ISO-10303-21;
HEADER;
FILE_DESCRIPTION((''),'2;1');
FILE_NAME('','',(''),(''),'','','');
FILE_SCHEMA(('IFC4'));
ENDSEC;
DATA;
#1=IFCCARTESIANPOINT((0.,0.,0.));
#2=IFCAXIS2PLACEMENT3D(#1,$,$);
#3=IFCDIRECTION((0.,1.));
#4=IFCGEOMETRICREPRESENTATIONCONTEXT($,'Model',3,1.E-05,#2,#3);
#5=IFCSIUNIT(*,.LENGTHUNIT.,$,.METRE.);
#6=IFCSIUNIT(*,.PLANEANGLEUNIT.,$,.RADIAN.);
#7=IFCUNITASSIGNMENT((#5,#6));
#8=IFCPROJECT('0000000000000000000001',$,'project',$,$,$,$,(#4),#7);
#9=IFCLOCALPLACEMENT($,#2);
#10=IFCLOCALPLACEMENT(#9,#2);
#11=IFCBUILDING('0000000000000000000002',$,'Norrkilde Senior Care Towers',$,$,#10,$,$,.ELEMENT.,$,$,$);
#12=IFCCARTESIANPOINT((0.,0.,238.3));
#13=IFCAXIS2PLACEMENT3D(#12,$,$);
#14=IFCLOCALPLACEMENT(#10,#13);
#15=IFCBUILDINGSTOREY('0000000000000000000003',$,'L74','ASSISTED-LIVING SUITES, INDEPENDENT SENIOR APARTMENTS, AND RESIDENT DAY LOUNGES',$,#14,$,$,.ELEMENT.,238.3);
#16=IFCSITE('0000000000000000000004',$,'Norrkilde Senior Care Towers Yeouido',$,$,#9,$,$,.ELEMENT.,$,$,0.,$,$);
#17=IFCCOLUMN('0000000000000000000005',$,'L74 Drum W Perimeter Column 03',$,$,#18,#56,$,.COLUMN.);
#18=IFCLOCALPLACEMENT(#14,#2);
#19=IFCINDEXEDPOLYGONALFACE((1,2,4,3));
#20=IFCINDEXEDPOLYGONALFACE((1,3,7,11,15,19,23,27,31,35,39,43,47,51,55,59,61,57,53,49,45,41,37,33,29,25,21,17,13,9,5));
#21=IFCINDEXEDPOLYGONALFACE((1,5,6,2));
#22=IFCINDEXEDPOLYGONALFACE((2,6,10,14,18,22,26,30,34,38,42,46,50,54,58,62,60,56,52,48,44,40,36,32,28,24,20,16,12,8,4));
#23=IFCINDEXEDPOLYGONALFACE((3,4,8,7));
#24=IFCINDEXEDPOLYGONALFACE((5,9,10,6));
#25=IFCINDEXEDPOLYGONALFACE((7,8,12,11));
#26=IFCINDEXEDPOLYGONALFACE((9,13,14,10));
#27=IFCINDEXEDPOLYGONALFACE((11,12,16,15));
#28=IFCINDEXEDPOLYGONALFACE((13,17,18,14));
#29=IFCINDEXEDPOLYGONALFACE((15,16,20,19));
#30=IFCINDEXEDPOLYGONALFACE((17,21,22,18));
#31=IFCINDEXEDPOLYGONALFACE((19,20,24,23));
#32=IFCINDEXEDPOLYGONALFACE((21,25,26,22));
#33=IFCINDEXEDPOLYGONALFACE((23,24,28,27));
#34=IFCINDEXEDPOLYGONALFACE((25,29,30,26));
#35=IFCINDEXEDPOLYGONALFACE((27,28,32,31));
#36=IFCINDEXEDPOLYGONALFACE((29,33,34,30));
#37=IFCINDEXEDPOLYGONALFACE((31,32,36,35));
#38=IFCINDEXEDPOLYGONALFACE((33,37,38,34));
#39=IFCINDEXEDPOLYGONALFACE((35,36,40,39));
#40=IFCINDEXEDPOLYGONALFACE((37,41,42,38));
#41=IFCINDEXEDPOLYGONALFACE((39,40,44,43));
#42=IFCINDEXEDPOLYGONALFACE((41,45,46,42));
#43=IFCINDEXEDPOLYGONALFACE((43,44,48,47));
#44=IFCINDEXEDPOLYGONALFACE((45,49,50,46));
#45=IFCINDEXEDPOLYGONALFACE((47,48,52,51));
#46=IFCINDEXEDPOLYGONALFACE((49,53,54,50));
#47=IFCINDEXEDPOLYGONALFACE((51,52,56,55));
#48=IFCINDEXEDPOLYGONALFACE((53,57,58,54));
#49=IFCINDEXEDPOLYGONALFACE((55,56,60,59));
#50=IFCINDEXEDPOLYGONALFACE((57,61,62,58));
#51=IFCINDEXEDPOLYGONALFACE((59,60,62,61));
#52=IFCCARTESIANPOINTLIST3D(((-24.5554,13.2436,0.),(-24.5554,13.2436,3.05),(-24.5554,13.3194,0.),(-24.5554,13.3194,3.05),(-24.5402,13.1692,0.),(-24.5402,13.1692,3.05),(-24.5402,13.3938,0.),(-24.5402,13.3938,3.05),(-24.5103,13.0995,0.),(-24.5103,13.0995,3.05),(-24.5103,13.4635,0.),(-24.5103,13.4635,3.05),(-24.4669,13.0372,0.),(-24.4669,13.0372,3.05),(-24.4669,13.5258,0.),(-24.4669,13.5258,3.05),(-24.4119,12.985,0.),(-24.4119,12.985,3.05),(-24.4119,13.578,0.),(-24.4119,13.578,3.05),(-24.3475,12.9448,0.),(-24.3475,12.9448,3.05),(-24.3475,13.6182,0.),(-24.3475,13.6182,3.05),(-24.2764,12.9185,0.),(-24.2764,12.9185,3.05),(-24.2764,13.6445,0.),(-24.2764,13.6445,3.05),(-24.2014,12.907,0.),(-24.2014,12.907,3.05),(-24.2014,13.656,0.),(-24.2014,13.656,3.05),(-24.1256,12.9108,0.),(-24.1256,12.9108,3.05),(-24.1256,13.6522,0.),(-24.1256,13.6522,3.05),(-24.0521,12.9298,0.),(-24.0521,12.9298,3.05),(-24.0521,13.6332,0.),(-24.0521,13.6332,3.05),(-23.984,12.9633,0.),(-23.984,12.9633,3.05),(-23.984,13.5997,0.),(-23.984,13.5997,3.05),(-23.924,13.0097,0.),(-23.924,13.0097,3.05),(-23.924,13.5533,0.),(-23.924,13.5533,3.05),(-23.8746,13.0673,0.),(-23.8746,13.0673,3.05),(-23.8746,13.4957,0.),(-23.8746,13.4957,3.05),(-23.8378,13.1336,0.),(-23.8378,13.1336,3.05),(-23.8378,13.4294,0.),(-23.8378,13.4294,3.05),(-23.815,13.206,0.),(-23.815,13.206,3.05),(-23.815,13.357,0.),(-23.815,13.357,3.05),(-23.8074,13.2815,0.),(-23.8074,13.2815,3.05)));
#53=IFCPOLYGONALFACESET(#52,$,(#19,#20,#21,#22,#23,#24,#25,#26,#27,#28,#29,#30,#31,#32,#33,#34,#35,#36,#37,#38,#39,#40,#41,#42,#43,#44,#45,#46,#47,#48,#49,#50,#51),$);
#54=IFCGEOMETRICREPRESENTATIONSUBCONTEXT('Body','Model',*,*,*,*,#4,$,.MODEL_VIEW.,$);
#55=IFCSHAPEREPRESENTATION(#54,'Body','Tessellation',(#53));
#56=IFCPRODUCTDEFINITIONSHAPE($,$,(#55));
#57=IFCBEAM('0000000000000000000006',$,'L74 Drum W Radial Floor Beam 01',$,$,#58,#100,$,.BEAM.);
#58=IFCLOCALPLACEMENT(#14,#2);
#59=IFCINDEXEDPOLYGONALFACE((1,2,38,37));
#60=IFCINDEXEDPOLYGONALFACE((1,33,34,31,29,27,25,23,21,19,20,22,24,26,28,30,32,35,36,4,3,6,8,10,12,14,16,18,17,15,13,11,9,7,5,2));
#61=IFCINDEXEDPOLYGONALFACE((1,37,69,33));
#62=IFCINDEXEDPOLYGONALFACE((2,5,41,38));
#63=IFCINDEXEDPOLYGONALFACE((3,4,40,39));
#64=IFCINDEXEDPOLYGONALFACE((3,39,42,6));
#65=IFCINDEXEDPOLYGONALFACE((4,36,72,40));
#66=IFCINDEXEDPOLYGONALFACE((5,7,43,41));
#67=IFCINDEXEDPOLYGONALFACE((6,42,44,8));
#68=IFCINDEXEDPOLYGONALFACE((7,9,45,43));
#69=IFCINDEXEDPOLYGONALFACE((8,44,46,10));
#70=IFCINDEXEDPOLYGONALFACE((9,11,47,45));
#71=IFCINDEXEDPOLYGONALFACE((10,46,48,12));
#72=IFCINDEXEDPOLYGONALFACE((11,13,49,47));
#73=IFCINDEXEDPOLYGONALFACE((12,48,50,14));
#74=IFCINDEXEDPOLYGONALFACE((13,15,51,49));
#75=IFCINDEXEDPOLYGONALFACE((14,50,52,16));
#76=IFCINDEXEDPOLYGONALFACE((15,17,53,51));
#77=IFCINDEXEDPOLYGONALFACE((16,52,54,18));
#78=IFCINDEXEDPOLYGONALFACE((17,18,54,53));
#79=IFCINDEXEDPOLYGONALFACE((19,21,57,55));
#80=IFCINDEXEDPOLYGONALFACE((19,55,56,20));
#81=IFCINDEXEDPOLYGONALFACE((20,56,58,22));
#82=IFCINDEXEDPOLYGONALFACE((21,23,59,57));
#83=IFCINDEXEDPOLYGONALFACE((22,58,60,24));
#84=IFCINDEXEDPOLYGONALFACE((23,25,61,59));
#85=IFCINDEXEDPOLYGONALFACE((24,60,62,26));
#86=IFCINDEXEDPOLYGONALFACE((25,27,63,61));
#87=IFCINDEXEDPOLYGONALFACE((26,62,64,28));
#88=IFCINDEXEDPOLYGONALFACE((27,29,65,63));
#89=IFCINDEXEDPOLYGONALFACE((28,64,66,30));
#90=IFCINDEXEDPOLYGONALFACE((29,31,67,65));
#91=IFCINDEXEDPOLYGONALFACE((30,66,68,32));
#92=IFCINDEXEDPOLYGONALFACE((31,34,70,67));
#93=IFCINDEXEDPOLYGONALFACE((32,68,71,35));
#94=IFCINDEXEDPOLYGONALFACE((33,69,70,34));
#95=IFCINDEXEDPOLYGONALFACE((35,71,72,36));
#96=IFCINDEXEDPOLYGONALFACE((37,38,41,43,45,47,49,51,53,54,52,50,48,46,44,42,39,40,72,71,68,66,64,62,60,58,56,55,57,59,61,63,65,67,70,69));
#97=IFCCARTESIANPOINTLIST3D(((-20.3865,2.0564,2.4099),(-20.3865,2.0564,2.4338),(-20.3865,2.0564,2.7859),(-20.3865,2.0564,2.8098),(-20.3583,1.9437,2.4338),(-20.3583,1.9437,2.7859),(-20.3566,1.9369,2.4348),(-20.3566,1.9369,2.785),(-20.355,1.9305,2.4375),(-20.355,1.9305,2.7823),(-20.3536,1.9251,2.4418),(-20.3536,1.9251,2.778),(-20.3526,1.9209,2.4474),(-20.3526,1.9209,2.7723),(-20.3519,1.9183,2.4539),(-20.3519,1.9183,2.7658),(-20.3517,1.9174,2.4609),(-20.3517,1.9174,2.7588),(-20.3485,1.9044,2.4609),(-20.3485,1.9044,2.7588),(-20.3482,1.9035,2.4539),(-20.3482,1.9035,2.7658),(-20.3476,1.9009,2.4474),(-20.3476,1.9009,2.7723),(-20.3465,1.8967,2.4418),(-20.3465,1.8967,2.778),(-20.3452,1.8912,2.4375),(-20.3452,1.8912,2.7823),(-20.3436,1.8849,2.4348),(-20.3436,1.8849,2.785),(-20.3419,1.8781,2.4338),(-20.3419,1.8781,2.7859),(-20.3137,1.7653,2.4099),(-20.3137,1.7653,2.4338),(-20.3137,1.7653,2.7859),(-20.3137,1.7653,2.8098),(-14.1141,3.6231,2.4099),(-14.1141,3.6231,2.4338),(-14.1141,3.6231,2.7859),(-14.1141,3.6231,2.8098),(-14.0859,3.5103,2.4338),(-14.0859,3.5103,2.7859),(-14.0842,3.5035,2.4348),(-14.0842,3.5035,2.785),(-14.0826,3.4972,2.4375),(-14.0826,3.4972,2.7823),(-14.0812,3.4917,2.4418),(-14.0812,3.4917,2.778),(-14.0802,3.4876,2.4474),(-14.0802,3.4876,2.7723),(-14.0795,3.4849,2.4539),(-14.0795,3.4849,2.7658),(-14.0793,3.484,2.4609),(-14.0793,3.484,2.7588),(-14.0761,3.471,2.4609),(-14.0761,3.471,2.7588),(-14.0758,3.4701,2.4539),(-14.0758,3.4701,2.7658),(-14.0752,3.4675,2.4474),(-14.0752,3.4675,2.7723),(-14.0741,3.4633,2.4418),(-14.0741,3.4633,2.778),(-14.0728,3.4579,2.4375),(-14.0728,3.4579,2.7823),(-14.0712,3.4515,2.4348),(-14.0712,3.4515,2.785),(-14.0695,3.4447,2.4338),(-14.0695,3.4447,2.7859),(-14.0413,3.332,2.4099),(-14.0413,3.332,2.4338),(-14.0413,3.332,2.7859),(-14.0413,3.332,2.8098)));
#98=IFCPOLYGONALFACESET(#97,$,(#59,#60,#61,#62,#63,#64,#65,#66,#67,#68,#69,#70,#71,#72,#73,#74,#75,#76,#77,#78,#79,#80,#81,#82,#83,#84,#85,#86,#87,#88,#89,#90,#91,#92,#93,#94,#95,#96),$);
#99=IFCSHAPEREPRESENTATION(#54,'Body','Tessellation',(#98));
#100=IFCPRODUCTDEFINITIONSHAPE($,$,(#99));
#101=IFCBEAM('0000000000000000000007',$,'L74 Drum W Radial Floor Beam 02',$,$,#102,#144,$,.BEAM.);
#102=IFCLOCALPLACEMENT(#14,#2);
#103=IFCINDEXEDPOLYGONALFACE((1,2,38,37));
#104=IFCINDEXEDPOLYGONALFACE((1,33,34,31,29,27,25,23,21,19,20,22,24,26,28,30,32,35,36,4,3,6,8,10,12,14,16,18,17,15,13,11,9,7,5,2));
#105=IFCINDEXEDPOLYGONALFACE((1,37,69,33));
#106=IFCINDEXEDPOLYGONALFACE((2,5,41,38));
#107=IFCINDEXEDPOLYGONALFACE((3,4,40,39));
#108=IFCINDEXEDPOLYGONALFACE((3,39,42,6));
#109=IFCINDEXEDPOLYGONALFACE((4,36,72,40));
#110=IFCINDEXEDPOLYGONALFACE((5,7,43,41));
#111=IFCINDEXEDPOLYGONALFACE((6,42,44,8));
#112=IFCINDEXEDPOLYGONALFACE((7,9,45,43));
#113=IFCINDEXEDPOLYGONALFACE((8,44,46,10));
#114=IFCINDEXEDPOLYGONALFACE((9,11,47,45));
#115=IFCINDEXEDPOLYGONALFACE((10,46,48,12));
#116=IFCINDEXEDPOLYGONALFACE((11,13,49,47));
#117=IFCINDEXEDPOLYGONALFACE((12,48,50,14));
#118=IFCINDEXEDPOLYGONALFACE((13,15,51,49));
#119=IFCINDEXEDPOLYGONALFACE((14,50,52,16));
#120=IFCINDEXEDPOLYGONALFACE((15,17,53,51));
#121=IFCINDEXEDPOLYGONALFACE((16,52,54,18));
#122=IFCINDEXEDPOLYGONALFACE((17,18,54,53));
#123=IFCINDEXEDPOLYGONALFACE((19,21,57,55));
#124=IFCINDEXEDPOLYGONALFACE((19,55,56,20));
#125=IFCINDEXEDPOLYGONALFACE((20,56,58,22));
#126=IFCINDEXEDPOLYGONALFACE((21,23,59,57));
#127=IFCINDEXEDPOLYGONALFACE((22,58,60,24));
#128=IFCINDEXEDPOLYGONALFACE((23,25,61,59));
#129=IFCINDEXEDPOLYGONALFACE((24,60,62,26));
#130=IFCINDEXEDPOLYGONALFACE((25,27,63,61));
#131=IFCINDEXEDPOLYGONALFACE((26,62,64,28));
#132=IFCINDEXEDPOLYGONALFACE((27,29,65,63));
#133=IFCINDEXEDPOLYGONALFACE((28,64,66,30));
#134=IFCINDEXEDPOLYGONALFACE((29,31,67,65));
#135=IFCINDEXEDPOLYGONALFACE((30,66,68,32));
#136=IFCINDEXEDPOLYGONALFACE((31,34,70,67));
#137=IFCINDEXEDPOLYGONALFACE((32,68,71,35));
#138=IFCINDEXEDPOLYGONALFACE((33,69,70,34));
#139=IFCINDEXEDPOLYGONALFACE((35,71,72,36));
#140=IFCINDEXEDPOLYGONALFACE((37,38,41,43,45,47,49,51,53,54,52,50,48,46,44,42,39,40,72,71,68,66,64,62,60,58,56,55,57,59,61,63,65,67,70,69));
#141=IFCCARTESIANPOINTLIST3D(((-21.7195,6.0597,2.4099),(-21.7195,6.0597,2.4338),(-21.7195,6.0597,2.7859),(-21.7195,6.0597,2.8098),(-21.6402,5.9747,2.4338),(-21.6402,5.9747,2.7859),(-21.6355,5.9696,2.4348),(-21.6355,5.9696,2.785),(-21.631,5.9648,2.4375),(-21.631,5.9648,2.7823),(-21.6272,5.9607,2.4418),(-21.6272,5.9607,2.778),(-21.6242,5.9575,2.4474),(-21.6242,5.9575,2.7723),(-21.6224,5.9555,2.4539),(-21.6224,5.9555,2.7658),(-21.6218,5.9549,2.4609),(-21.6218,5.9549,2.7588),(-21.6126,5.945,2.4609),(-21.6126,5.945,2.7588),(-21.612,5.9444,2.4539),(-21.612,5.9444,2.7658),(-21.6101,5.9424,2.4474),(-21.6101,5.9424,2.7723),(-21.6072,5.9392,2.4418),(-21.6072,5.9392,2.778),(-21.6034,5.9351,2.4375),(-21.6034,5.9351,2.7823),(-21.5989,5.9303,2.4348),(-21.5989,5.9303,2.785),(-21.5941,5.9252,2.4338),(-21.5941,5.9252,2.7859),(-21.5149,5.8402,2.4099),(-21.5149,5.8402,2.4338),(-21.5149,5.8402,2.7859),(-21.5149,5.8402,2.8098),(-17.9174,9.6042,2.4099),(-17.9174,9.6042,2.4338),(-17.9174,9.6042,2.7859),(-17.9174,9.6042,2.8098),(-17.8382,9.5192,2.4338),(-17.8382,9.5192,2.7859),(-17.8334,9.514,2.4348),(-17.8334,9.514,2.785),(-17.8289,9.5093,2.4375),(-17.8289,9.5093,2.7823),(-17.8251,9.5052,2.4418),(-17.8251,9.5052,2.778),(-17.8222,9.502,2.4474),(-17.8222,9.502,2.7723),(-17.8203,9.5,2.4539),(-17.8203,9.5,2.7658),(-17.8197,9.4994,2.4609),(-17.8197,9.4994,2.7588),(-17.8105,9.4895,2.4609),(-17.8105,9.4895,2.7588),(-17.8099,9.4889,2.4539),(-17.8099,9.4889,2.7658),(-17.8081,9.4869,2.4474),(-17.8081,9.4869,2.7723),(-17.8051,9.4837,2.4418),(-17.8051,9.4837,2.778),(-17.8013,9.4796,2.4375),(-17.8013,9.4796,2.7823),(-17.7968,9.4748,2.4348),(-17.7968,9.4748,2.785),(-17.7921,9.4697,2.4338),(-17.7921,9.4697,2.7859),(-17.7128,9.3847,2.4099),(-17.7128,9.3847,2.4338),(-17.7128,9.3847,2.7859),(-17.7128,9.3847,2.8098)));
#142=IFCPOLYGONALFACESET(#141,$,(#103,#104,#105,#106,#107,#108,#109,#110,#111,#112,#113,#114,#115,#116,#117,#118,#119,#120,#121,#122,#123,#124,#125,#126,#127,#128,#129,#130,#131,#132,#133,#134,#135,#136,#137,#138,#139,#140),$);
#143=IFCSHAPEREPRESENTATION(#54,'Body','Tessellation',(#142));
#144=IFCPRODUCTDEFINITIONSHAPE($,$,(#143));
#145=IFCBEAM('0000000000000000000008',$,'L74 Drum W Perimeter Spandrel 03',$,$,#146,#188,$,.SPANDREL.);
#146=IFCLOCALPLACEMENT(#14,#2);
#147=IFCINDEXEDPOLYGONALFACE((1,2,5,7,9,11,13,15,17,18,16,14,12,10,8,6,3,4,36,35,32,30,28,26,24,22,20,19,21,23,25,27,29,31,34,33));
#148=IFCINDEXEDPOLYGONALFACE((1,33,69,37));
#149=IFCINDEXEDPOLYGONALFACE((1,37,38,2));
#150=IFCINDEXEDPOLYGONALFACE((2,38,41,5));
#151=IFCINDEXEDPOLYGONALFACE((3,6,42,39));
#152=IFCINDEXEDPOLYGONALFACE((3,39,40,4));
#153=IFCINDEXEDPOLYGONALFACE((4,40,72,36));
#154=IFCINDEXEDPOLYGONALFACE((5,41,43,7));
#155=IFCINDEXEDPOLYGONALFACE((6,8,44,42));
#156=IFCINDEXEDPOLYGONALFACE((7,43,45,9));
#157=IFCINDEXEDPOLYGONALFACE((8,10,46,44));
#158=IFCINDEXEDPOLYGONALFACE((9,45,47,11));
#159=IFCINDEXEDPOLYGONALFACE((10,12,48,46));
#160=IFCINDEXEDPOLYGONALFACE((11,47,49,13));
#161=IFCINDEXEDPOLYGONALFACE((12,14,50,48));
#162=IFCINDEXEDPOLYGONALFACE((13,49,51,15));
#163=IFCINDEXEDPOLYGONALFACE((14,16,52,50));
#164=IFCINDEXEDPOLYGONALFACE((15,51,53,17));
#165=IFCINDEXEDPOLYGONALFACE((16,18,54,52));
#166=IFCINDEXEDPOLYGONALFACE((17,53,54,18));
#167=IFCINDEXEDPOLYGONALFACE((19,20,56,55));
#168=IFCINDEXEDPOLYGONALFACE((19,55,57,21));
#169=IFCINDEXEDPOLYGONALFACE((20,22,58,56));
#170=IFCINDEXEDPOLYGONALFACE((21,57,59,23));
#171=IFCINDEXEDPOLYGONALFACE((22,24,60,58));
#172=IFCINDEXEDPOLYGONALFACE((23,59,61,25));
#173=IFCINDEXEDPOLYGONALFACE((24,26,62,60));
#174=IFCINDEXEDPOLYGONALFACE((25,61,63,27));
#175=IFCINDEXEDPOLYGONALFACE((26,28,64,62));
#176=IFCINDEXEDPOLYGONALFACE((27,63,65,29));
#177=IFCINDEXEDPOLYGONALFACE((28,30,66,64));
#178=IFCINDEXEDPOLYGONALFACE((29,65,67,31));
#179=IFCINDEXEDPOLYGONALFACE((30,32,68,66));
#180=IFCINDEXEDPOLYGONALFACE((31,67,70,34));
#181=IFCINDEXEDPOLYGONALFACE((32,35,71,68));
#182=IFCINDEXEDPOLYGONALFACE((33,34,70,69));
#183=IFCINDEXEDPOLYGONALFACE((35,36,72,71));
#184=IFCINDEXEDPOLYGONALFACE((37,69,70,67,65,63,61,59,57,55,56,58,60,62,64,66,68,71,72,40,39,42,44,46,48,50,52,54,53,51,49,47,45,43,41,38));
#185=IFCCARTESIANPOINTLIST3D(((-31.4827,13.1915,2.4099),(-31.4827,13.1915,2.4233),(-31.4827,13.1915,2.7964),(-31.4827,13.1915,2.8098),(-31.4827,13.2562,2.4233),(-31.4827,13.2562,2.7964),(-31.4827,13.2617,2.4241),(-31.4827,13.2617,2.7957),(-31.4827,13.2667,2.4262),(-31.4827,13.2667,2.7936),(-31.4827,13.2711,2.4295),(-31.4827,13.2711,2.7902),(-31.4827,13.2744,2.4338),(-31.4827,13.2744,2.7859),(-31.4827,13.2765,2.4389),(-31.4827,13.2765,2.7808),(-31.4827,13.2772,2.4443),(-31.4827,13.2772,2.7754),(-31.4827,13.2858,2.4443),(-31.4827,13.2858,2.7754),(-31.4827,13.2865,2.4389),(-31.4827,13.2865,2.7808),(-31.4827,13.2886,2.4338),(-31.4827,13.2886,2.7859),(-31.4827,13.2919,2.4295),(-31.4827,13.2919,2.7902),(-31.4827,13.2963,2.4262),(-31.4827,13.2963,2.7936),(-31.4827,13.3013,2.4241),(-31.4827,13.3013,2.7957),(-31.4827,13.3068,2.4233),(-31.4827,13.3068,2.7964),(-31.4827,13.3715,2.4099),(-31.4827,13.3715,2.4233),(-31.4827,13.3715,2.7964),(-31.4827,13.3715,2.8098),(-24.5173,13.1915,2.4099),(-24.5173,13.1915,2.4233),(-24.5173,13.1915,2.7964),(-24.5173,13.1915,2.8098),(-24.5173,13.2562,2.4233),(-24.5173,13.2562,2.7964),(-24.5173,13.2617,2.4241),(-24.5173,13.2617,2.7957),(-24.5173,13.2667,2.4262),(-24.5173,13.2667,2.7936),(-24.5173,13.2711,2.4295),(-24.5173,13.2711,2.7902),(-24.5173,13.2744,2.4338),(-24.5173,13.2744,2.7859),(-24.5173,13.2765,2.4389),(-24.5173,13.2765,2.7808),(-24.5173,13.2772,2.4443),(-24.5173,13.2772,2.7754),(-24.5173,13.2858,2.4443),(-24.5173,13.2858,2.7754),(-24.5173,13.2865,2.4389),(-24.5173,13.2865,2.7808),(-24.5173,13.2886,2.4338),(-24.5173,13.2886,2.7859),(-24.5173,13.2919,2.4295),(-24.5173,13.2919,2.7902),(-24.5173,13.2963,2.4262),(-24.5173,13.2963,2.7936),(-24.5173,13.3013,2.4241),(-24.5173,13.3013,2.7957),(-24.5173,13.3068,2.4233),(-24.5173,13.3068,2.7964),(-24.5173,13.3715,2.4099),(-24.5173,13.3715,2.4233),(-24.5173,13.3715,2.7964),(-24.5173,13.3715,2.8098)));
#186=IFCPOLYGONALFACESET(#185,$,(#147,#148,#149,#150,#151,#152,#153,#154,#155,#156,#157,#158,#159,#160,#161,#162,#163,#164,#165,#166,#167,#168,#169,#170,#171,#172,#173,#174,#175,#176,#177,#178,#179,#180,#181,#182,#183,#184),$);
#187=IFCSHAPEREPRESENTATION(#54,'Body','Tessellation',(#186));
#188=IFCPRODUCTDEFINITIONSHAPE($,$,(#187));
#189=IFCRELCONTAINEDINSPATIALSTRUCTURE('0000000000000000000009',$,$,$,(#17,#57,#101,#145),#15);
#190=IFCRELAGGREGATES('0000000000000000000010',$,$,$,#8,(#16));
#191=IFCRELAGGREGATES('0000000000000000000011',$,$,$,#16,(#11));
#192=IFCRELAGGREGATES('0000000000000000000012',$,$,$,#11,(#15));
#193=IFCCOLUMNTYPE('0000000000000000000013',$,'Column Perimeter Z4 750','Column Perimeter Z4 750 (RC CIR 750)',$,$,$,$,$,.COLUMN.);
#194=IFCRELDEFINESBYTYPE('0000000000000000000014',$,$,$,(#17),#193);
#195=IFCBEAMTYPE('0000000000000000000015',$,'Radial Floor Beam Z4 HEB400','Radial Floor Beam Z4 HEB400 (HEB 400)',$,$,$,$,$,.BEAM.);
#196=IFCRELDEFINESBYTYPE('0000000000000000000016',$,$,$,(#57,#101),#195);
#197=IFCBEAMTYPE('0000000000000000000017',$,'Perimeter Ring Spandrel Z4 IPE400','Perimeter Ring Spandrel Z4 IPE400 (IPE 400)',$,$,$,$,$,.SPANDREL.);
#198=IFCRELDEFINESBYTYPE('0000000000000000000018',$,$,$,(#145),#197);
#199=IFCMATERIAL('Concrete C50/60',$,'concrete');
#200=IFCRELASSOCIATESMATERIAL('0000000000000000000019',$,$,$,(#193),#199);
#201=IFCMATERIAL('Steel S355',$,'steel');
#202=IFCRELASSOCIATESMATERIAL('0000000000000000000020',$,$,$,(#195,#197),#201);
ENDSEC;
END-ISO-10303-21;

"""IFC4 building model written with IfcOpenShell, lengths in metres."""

from ifc_helpers import new_model, si_unit, direction, frame, origin, origin_2d, place, context, subcontext, project, spatial, circle, i_section, extrude, source, transform, mapped, material, material_profile, profile_set, type_object, type_shapes, element, save


model = new_model("IFC4")

# Units and contexts
model_context = context("Model", 3, precision=1e-05, world=origin(), true_north=direction((0.0, 1.0)))
body_context = subcontext(model_context, "Body", "Model", "MODEL_VIEW")
ifc_project = project(units=[si_unit("LENGTHUNIT", "METRE"), si_unit("PLANEANGLEUNIT", "RADIAN")], contexts=[model_context])

# Site, building, storey
site_placement = place(None, origin())
site = spatial("IfcSite", under=ifc_project, at=site_placement, Name="Norrkilde Senior Care Towers Yeouido", CompositionType="ELEMENT", RefElevation=0.0)
building_placement = place(site_placement, origin())
building = spatial("IfcBuilding", under=site, at=building_placement, Name="Norrkilde Senior Care Towers", CompositionType="ELEMENT")
storey_placement = place(building_placement, frame((0.0, 0.0, 238.3)))
storey = spatial("IfcBuildingStorey", under=building, at=storey_placement, Name="L74", Description="ASSISTED-LIVING SUITES, INDEPENDENT SENIOR APARTMENTS, AND RESIDENT DAY LOUNGES", CompositionType="ELEMENT", Elevation=238.3)

# Column
ifc_material_1 = material(Name="Concrete C50/60", Category="concrete")
ifc_material_profile_1 = material_profile(ifc_material_1, circle(Radius=0.375, at=origin_2d()), Name="RC CIR 750")
ifc_profile_set_1 = profile_set([ifc_material_profile_1], Name="Concrete C50/60")
column_type = type_object("IfcColumnType", Name="Column Perimeter Z4 750", Description="Column Perimeter Z4 750 (RC CIR 750)", PredefinedType="COLUMN", material=ifc_profile_set_1)
shared_shape_1 = source(origin(), body_context, "Body", "SweptSolid", [
    extrude(circle(Radius=0.375, at=origin_2d()), origin(), (0.0, 0.0, 1.0), 3.05),
])
type_shapes(column_type, [shared_shape_1])
column_placement = place(storey_placement, frame((-24.1824, 13.2815, 0.0), z_axis=(0.0, 0.0, 1.0), x_axis=(1.0, 0.0, 0.0)))
element("IfcColumn", 1, at=column_placement, inside=storey, type_object=column_type, Name="L74 Drum W Perimeter Column 03", PredefinedType="COLUMN", context=body_context, shape_type="MappedRepresentation", body=[
    mapped(shared_shape_1, transform((0.0, 0.0, 0.0), x_axis=(1.0, 0.0, 0.0), y_axis=(0.0, 1.0, 0.0), z_axis=(0.0, 0.0, 1.0), scale=1.0)),
])

# Beams
ifc_material_2 = material(Name="Steel S355", Category="steel")
ifc_material_profile_2 = material_profile(ifc_material_2, i_section(OverallWidth=0.3, OverallDepth=0.3999, WebThickness=0.0134, FlangeThickness=0.0239, FilletRadius=0.0271, at=origin_2d()), Name="HEB 400")
ifc_profile_set_2 = profile_set([ifc_material_profile_2], Name="Steel S355")
beam_type_1 = type_object("IfcBeamType", Name="Radial Floor Beam Z4 HEB400", Description="Radial Floor Beam Z4 HEB400 (HEB 400)", PredefinedType="BEAM", material=ifc_profile_set_2)
shared_shape_2 = source(origin(), body_context, "Body", "SweptSolid", [
    extrude(i_section(OverallWidth=0.3, OverallDepth=0.3999, WebThickness=0.0134, FlangeThickness=0.0239, FilletRadius=0.0271, at=origin_2d()), origin(), (0.0, 0.0, 1.0), 6.4651),
])
beam_1_placement = place(storey_placement, frame((-20.3501, 1.9109, 2.6099), z_axis=(0.970196, 0.242322, 0.0), x_axis=(-0.242322, 0.970196, 0.0)))
element("IfcBeam", 2, at=beam_1_placement, inside=storey, type_object=beam_type_1, Name="L74 Drum W Radial Floor Beam 01", PredefinedType="BEAM", context=body_context, shape_type="MappedRepresentation", body=[
    mapped(shared_shape_2, transform((0.0, 0.0, 0.0), x_axis=(1.0, 0.0, 0.0), y_axis=(0.0, 1.0, 0.0), z_axis=(0.0, 0.0, 1.0), scale=1.0)),
])
shared_shape_3 = source(origin(), body_context, "Body", "SweptSolid", [
    extrude(i_section(OverallWidth=0.3, OverallDepth=0.3999, WebThickness=0.0134, FlangeThickness=0.0239, FilletRadius=0.0271, at=origin_2d()), origin(), (0.0, 0.0, 1.0), 5.198),
])
beam_2_placement = place(storey_placement, frame((-21.6172, 5.95, 2.6099), z_axis=(0.731449, 0.681896, 0.0), x_axis=(-0.681896, 0.731449, 0.0)))
element("IfcBeam", 3, at=beam_2_placement, inside=storey, type_object=beam_type_1, Name="L74 Drum W Radial Floor Beam 02", PredefinedType="BEAM", context=body_context, shape_type="MappedRepresentation", body=[
    mapped(shared_shape_3, transform((0.0, 0.0, 0.0), x_axis=(1.0, 0.0, 0.0), y_axis=(0.0, 1.0, 0.0), z_axis=(0.0, 0.0, 1.0), scale=1.0)),
])
ifc_material_profile_3 = material_profile(ifc_material_2, i_section(OverallWidth=0.1799, OverallDepth=0.3999, WebThickness=0.0085, FlangeThickness=0.0134, FilletRadius=0.021, at=origin_2d()), Name="IPE 400")
ifc_profile_set_3 = profile_set([ifc_material_profile_3], Name="Steel S355")
beam_type_2 = type_object("IfcBeamType", Name="Perimeter Ring Spandrel Z4 IPE400", Description="Perimeter Ring Spandrel Z4 IPE400 (IPE 400)", PredefinedType="SPANDREL", material=ifc_profile_set_3)
shared_shape_4 = source(origin(), body_context, "Body", "SweptSolid", [
    extrude(i_section(OverallWidth=0.1799, OverallDepth=0.3999, WebThickness=0.0085, FlangeThickness=0.0134, FilletRadius=0.021, at=origin_2d()), origin(), (0.0, 0.0, 1.0), 6.9653),
])
type_shapes(beam_type_2, [shared_shape_4])
beam_3_placement = place(storey_placement, frame((-24.5173, 13.2815, 2.6099), z_axis=(-1.0, 0.0, 0.0), x_axis=(0.0, -1.0, 0.0)))
element("IfcBeam", 4, at=beam_3_placement, inside=storey, type_object=beam_type_2, Name="L74 Drum W Perimeter Spandrel 03", PredefinedType="SPANDREL", context=body_context, shape_type="MappedRepresentation", body=[
    mapped(shared_shape_4, transform((0.0, 0.0, 0.0), x_axis=(1.0, 0.0, 0.0), y_axis=(0.0, 1.0, 0.0), z_axis=(0.0, 0.0, 1.0), scale=1.0)),
])

save(model, "model.ifc")
